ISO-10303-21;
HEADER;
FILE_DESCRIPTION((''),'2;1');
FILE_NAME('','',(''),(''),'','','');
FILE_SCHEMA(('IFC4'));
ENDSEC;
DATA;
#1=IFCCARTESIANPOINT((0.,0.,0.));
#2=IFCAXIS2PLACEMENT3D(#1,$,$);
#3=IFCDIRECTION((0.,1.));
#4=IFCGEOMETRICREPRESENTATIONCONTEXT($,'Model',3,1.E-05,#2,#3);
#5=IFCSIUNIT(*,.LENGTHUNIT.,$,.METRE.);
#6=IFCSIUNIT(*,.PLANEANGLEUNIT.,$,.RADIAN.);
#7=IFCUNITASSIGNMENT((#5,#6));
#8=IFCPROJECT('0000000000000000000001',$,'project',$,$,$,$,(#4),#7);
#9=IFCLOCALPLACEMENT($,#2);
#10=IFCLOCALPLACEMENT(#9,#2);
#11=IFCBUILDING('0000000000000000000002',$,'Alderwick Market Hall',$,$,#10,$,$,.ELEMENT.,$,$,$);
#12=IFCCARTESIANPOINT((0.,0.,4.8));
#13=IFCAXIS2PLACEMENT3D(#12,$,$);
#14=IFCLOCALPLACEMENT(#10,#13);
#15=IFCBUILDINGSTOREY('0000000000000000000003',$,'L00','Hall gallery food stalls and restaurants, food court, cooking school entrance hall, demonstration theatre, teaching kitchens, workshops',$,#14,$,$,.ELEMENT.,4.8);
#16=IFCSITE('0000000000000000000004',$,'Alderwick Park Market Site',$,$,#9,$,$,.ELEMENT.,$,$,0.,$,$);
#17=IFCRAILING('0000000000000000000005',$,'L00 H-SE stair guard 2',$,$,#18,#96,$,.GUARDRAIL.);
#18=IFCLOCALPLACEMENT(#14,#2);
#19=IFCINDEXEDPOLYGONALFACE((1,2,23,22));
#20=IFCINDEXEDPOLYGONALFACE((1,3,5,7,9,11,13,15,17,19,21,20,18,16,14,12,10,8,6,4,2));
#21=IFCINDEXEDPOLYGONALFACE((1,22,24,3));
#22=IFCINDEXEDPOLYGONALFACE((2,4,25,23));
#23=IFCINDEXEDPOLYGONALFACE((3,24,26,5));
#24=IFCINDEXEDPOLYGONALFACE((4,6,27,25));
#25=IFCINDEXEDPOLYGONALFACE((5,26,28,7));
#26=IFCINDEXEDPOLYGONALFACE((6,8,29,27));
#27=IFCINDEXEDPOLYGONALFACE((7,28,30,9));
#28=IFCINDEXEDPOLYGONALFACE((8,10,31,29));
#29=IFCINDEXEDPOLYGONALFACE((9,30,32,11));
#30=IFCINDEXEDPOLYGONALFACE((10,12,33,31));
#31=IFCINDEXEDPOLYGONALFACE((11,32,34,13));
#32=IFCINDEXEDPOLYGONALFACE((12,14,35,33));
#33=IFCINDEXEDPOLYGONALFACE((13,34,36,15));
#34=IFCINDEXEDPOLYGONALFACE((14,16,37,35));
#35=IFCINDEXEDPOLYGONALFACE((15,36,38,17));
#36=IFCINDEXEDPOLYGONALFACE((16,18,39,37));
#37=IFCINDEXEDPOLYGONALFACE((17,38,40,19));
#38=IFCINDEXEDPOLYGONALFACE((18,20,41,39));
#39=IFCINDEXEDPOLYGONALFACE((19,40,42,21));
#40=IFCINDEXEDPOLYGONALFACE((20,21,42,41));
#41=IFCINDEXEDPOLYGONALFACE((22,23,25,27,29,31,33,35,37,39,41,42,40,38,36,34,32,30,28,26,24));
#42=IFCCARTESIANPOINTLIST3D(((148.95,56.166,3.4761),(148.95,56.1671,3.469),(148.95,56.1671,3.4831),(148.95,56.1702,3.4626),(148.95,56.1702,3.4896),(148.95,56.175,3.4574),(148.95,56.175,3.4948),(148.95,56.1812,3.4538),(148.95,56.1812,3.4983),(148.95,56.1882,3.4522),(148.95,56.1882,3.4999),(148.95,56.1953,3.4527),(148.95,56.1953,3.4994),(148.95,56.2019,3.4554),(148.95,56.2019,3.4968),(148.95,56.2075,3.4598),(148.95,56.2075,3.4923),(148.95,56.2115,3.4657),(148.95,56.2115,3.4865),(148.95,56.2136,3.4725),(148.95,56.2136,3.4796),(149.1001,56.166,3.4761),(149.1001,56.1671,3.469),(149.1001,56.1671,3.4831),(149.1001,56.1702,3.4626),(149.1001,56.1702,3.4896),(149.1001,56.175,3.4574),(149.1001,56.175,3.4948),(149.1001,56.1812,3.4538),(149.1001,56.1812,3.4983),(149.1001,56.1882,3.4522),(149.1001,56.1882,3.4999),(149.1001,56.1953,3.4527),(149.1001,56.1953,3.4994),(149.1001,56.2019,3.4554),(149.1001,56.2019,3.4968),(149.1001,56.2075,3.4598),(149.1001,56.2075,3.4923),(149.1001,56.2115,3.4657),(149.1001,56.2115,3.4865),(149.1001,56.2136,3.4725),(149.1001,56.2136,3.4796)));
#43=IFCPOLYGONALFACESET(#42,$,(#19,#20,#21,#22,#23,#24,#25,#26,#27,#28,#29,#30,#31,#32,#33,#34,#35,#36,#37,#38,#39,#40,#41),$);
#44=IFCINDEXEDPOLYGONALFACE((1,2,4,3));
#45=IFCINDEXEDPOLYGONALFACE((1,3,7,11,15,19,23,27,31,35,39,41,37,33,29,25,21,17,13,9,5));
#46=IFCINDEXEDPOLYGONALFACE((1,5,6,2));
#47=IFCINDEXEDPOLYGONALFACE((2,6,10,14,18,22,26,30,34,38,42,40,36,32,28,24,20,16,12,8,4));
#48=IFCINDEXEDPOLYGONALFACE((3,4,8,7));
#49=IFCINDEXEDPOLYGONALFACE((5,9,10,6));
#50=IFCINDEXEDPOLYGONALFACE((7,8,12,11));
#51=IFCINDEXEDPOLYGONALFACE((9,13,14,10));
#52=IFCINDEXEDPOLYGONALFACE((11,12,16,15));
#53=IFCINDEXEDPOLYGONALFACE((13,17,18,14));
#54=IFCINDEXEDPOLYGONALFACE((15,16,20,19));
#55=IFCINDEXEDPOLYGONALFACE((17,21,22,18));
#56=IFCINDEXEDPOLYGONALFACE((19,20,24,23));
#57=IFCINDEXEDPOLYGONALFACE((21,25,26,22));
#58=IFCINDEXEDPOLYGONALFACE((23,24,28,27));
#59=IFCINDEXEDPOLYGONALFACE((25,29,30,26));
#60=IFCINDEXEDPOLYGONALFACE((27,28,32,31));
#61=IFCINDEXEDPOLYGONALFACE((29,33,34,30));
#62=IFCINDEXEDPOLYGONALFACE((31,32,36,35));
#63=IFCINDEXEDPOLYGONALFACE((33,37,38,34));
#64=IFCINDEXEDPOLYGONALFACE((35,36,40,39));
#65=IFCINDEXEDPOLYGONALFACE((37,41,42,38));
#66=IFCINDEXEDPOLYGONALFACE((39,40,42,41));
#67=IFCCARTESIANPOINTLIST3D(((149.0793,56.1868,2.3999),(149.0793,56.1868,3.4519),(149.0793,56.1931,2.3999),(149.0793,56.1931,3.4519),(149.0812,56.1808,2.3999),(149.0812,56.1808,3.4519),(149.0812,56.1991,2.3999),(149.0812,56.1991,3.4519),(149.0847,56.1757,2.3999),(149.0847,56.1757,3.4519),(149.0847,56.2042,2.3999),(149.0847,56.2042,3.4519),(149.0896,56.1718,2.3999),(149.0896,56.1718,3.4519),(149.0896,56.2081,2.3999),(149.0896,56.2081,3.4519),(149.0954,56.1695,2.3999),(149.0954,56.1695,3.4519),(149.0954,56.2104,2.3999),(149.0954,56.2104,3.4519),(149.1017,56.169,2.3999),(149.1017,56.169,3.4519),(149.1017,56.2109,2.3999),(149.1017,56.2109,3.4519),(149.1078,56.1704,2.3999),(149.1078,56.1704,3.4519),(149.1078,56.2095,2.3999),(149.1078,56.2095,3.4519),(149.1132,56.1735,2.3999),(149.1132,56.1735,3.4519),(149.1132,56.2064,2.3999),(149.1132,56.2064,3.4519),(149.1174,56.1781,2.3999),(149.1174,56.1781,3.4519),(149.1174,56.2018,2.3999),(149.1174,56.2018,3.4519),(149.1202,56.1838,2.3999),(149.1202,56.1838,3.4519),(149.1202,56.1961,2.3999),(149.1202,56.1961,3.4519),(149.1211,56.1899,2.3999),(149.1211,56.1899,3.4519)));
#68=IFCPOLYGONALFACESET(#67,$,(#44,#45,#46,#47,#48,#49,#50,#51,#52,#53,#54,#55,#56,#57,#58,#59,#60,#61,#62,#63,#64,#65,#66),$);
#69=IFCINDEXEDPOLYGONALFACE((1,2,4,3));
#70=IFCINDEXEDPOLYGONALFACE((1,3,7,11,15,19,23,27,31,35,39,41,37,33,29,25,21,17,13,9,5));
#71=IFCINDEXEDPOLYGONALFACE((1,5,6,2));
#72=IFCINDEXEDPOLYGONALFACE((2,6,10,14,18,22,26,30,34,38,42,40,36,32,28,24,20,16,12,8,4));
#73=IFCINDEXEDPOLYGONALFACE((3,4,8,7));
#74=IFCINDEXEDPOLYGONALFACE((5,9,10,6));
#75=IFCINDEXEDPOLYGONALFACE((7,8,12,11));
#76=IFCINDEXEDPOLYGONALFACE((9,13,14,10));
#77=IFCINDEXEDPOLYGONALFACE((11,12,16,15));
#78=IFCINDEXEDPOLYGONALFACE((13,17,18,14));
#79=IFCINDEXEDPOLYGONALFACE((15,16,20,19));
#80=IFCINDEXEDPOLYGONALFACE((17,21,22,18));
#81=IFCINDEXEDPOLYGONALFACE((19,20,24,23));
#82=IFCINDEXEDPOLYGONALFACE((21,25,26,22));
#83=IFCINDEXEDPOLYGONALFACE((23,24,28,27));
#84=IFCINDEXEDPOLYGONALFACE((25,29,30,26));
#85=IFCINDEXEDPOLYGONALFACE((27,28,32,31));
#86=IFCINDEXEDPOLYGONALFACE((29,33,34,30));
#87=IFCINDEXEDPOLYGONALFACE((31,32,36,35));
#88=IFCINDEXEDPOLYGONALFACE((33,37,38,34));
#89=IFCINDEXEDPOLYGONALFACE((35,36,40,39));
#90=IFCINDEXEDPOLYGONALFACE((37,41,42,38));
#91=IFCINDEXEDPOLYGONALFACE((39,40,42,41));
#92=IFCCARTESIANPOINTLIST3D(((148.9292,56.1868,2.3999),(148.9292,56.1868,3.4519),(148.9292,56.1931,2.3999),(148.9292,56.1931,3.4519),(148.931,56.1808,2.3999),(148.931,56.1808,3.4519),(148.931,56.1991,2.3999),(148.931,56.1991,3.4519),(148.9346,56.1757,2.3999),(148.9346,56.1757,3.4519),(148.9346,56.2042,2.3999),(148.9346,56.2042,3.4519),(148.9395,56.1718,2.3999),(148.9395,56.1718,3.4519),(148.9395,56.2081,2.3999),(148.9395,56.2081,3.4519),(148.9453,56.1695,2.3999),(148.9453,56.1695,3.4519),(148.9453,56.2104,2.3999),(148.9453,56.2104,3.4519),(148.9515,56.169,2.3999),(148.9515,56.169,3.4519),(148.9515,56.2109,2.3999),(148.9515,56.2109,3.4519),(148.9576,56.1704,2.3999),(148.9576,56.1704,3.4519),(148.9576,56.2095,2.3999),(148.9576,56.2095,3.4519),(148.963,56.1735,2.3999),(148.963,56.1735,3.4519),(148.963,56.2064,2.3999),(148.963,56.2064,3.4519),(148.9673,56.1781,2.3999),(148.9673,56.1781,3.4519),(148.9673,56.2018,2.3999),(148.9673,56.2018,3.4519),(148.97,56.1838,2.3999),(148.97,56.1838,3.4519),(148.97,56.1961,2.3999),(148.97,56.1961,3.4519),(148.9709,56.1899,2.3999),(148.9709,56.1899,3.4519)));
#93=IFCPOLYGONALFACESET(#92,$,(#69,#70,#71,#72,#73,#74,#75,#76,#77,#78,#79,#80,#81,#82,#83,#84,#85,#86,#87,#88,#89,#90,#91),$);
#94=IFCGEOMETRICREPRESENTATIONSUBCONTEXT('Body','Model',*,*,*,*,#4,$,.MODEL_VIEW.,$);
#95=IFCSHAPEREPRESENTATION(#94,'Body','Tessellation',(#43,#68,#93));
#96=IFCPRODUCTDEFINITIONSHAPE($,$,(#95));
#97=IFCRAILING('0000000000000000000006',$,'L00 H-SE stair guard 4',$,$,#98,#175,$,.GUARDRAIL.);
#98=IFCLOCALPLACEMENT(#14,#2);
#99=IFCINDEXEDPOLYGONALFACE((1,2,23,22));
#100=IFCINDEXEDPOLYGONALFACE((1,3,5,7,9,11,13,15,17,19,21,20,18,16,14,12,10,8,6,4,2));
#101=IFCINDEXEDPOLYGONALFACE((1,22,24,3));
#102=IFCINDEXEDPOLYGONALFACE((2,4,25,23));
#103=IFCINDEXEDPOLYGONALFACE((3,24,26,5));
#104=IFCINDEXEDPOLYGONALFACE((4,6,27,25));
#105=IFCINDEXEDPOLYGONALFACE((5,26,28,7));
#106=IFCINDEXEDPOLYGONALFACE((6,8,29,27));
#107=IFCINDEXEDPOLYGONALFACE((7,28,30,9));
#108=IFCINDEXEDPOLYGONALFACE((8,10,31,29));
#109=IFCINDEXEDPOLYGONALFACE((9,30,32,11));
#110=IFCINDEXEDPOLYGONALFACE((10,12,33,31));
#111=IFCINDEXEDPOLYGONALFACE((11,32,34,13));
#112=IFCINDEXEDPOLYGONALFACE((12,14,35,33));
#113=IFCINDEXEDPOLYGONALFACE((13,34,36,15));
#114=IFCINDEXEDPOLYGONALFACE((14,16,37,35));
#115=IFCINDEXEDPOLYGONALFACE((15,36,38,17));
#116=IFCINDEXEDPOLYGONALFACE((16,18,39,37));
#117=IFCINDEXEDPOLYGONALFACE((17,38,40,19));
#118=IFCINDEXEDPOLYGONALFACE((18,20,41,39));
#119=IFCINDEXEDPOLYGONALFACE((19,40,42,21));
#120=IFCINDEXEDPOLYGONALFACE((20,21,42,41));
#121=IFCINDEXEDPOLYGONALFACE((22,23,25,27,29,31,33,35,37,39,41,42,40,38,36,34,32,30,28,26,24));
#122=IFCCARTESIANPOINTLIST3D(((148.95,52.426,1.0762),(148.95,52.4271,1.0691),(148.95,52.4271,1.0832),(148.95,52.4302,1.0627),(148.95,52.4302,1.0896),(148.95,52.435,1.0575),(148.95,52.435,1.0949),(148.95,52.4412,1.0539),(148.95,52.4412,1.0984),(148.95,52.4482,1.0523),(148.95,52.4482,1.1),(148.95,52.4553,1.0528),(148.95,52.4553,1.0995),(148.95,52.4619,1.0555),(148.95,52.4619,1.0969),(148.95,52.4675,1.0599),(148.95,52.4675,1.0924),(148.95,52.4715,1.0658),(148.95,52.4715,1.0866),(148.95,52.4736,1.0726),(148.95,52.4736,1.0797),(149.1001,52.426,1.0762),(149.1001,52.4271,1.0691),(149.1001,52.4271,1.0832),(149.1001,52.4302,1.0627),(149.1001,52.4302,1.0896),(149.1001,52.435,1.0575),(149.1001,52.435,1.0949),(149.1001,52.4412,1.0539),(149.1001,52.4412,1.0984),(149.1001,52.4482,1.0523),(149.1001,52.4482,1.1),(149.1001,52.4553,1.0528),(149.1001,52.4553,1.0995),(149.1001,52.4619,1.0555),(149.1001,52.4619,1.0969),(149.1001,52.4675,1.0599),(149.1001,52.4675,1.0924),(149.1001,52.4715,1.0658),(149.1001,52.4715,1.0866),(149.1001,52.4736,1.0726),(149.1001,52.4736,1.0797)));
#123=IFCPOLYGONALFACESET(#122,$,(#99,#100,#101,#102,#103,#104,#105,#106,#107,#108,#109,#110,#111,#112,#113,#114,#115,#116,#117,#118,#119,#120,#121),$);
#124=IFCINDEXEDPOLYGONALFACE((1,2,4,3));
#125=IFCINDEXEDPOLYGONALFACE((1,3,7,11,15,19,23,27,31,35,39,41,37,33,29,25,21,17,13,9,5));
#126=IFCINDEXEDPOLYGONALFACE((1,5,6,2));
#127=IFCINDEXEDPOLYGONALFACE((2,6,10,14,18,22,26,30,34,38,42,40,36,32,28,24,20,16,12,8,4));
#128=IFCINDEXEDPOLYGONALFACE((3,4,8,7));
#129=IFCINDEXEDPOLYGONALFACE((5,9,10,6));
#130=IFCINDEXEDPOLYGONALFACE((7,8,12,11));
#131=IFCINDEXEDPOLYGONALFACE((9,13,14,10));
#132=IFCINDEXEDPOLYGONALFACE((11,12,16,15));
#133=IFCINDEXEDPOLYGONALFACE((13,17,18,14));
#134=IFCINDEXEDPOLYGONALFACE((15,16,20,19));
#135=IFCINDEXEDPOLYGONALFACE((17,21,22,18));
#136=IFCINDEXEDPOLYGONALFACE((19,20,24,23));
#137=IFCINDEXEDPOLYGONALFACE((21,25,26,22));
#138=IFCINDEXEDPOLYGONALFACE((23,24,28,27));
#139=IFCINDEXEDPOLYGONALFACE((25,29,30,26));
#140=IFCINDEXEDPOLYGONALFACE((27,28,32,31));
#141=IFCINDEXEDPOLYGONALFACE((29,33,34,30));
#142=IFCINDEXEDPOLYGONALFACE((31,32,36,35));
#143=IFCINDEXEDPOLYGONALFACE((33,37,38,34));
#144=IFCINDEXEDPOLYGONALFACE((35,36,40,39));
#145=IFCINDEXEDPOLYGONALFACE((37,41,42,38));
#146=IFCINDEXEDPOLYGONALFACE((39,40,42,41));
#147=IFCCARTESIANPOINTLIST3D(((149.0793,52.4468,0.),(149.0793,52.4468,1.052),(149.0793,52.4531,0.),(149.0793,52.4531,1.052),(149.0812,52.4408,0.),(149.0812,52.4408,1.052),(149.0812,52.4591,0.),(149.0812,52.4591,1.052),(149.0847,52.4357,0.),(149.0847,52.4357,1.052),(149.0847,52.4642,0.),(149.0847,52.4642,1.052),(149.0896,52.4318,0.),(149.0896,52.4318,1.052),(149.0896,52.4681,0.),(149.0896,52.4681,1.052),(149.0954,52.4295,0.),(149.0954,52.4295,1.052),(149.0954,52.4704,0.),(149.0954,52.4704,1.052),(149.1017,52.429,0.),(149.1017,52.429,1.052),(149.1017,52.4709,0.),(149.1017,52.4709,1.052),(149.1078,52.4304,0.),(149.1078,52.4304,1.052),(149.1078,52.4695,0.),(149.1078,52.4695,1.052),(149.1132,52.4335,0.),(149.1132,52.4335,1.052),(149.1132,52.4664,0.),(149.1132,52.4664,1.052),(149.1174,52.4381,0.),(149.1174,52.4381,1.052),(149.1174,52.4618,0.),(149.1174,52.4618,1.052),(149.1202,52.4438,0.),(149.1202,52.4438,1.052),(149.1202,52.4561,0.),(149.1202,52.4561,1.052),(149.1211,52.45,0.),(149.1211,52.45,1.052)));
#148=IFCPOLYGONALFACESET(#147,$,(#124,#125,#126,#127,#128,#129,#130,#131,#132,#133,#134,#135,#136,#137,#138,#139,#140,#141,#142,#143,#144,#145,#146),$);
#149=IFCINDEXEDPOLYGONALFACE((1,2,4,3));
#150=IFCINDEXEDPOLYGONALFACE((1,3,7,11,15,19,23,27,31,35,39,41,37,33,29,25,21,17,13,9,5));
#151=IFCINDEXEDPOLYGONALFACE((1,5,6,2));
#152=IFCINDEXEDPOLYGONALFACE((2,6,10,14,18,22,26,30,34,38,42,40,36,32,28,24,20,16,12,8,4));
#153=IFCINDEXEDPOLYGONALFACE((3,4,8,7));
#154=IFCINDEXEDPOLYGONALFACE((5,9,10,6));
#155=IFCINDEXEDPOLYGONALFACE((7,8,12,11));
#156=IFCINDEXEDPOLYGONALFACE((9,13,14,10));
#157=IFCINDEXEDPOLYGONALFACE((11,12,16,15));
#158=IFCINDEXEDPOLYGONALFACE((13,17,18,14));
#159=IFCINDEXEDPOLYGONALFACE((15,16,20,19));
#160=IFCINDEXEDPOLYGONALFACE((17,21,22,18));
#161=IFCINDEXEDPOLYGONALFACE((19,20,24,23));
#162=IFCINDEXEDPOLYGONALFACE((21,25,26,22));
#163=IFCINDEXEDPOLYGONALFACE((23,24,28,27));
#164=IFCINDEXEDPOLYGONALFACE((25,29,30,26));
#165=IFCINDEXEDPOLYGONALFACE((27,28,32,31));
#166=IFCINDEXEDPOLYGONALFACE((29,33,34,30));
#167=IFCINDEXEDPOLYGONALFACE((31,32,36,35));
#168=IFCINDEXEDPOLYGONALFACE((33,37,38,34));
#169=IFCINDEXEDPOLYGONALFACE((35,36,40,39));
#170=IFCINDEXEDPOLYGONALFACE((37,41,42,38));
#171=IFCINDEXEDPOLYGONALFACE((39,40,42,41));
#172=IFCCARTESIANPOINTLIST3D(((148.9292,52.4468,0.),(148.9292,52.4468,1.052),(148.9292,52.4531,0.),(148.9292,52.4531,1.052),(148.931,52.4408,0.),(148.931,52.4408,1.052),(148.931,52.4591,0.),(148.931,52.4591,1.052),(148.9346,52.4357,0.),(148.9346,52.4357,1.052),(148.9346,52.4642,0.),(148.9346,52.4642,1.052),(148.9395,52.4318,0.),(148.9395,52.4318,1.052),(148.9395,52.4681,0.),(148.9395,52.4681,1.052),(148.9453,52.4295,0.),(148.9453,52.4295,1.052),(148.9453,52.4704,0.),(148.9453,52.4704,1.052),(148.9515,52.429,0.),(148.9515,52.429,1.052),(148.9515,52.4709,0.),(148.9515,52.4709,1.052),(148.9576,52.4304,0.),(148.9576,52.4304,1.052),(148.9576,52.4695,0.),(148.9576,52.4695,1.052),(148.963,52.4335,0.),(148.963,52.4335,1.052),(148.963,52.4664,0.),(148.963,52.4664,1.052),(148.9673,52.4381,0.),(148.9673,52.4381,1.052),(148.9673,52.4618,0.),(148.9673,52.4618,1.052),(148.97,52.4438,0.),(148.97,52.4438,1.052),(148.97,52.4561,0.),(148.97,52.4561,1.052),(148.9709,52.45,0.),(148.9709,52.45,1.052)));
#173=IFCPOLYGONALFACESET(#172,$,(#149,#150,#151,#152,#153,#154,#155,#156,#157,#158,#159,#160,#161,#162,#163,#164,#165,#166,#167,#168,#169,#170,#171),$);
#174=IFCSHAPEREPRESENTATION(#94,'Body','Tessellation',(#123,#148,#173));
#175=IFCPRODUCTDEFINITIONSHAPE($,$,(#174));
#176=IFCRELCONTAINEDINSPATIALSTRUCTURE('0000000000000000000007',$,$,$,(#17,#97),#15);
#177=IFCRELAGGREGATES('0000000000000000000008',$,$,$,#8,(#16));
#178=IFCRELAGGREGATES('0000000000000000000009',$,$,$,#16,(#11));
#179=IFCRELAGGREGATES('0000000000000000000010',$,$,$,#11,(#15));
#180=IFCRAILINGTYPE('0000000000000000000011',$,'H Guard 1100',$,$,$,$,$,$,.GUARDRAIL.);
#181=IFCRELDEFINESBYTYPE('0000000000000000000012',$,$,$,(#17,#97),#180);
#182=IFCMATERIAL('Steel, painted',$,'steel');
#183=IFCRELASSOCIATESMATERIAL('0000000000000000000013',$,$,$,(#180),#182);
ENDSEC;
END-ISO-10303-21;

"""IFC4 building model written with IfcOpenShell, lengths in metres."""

from ifc_helpers import new_model, si_unit, direction, frame, origin, origin_2d, place, context, subcontext, project, spatial, circle, extrude, material, type_object, element, save


model = new_model("IFC4")

# Units and contexts
model_context = context("Model", 3, precision=1e-05, world=origin(), true_north=direction((0.0, 1.0)))
body_context = subcontext(model_context, "Body", "Model", "MODEL_VIEW")
ifc_project = project(units=[si_unit("LENGTHUNIT", "METRE"), si_unit("PLANEANGLEUNIT", "RADIAN")], contexts=[model_context])

# Site, building, storey
site_placement = place(None, origin())
site = spatial("IfcSite", under=ifc_project, at=site_placement, Name="Alderwick Park Market Site", CompositionType="ELEMENT", RefElevation=0.0)
building_placement = place(site_placement, origin())
building = spatial("IfcBuilding", under=site, at=building_placement, Name="Alderwick Market Hall", CompositionType="ELEMENT")
storey_placement = place(building_placement, frame((0.0, 0.0, 4.8)))
storey = spatial("IfcBuildingStorey", under=building, at=storey_placement, Name="L00", Description="Hall gallery food stalls and restaurants, food court, cooking school entrance hall, demonstration theatre, teaching kitchens, workshops", CompositionType="ELEMENT", Elevation=4.8)

# Railings
ifc_material_1 = material(Name="Steel, painted", Category="steel")
railing_type_1 = type_object("IfcRailingType", Name="H Guard 1100", PredefinedType="GUARDRAIL", material=ifc_material_1)
for number, where, name in (
    (1, (149.1001, 56.1899, 2.3999), "L00 H-SE stair guard 2"),
    (2, (149.1001, 52.45, 0.0), "L00 H-SE stair guard 4"),
):
    element("IfcRailing", number, at=place(storey_placement, frame(where)), inside=storey, type_object=railing_type_1, Name=name, PredefinedType="GUARDRAIL", context=body_context, shape_type="SweptSolid", body=[
        extrude(circle(Radius=0.0239, at=origin_2d()), frame((0.0, 0.0, 1.0762), z_axis=(-1.0, 0.0, 0.0), x_axis=(0.0, -1.0, 0.0)), (0.0, 0.0, 1.0), 0.1501),
        extrude(circle(Radius=0.021, at=origin_2d()), origin(), (0.0, 0.0, 1.0), 1.052),
        extrude(circle(Radius=0.021, at=origin_2d()), frame((-0.1501, 0.0, 0.0)), (0.0, 0.0, 1.0), 1.052),
    ])

save(model, "model.ifc")
